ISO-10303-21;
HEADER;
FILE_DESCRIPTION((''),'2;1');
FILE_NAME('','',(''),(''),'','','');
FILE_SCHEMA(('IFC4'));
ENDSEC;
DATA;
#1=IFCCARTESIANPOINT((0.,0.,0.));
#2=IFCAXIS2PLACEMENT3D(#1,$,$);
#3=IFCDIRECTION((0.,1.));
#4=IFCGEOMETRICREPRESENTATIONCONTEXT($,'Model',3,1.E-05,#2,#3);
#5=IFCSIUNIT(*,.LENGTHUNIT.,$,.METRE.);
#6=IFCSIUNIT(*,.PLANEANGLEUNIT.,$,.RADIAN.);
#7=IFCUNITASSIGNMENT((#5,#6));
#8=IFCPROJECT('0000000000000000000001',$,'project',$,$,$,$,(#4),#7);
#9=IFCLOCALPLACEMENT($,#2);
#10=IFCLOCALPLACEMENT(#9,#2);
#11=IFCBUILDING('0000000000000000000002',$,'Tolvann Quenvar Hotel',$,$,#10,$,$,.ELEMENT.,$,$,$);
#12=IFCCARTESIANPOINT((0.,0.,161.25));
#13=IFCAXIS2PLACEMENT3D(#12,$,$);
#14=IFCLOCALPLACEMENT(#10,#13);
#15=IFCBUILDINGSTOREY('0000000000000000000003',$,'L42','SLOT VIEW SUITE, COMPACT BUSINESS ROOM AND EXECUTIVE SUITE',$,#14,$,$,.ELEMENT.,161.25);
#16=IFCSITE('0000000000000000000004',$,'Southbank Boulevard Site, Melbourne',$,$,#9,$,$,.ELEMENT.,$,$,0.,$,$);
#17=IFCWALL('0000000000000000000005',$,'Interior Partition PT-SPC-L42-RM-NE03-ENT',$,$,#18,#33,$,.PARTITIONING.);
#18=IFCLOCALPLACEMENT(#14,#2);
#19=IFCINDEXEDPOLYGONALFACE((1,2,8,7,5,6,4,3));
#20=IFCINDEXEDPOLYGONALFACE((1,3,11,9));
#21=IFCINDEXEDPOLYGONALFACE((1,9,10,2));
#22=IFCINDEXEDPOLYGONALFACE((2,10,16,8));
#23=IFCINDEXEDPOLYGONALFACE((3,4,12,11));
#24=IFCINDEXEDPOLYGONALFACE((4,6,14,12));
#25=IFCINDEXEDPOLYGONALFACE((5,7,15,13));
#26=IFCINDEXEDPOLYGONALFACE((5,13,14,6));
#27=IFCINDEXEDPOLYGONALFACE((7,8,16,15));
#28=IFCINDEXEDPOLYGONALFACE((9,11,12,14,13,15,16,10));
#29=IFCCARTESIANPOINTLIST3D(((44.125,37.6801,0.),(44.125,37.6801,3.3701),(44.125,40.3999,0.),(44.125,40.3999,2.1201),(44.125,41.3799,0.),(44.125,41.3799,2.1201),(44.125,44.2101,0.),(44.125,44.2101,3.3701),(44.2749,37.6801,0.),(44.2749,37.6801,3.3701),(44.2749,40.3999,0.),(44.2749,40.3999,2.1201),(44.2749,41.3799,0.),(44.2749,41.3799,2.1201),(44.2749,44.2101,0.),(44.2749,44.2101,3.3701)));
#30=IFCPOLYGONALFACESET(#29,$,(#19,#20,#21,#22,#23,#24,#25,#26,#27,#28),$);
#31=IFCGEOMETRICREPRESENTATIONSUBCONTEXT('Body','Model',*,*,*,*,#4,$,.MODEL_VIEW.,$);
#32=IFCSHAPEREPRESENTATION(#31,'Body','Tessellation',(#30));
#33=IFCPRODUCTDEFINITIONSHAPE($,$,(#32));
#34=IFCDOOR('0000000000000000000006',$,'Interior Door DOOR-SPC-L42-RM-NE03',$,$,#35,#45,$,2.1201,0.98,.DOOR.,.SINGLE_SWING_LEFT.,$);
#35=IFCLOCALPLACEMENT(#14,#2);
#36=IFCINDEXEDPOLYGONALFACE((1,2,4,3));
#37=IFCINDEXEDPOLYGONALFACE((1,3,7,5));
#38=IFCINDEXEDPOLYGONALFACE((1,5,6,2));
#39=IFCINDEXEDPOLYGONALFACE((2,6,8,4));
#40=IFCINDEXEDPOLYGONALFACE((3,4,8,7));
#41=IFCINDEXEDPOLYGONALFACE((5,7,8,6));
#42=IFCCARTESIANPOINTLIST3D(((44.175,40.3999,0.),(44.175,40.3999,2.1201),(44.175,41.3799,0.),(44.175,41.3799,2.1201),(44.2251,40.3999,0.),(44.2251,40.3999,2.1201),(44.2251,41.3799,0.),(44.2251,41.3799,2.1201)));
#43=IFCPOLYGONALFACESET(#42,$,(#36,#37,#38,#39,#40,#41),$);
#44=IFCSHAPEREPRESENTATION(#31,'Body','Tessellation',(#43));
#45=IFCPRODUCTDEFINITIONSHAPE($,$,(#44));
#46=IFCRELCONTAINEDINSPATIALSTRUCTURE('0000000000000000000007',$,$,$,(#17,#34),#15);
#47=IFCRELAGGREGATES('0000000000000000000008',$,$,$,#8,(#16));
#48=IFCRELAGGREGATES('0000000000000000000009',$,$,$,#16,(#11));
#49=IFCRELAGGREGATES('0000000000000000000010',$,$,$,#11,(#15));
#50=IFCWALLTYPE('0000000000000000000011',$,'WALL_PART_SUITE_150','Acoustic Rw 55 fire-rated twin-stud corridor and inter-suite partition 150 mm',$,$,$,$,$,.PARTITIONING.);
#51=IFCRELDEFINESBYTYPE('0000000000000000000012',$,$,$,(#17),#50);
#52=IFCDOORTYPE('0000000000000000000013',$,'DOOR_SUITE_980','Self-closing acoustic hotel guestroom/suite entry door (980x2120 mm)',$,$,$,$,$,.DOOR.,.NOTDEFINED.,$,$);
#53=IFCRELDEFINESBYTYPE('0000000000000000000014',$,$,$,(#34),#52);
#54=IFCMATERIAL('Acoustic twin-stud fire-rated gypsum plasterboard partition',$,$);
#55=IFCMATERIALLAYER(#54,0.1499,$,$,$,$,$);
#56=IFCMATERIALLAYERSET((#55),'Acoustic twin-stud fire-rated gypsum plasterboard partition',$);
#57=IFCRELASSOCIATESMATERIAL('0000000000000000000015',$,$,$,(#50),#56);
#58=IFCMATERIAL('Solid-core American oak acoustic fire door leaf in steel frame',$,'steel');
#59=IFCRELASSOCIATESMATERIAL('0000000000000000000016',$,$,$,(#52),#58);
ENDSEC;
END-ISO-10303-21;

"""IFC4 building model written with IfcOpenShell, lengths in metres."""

from ifc_helpers import new_model, si_unit, direction, frame, frame_2d, origin, place, context, subcontext, project, spatial, rectangle, extrude, source, transform, mapped, material, layer, layer_set, type_object, type_shapes, element, fill, save


model = new_model("IFC4")

# Units and contexts
model_context = context("Model", 3, precision=1e-05, world=origin(), true_north=direction((0.0, 1.0)))
body_context = subcontext(model_context, "Body", "Model", "MODEL_VIEW")
ifc_project = project(units=[si_unit("LENGTHUNIT", "METRE"), si_unit("PLANEANGLEUNIT", "RADIAN")], contexts=[model_context])

# Site, building, storey
site_placement = place(None, origin())
site = spatial("IfcSite", under=ifc_project, at=site_placement, Name="Southbank Boulevard Site, Melbourne", CompositionType="ELEMENT", RefElevation=0.0)
building_placement = place(site_placement, origin())
building = spatial("IfcBuilding", under=site, at=building_placement, Name="Tolvann Quenvar Hotel", CompositionType="ELEMENT")
storey_placement = place(building_placement, frame((0.0, 0.0, 161.25)))
storey = spatial("IfcBuildingStorey", under=building, at=storey_placement, Name="L42", Description="SLOT VIEW SUITE, COMPACT BUSINESS ROOM AND EXECUTIVE SUITE", CompositionType="ELEMENT", Elevation=161.25)

# Shared definitions
ifc_material_1 = material(Name="Acoustic twin-stud fire-rated gypsum plasterboard partition")
ifc_layer_1 = layer(ifc_material_1, 0.1499)
ifc_layer_set_1 = layer_set([ifc_layer_1], Name="Acoustic twin-stud fire-rated gypsum plasterboard partition")
wall_type_1 = type_object("IfcWallType", Name="WALL_PART_SUITE_150", Description="Acoustic Rw 55 fire-rated twin-stud corridor and inter-suite partition 150 mm", PredefinedType="PARTITIONING", material=ifc_layer_set_1)
ifc_material_2 = material(Name="Solid-core American oak acoustic fire door leaf in steel frame", Category="steel")

# Wall, opening, door
door_type_1 = type_object("IfcDoorType", Name="DOOR_SUITE_980", Description="Self-closing acoustic hotel guestroom/suite entry door (980x2120 mm)", OperationType="NOTDEFINED", PredefinedType="DOOR", material=ifc_material_2)
shared_shape_1 = source(origin(), body_context, "Body", "SweptSolid", [
    extrude(rectangle(XDim=0.98, YDim=2.1201, at=frame_2d((0.49, 1.0601))), frame((0.0, 0.0249, 0.0), z_axis=(0.0, -1.0, 0.0), x_axis=(1.0, 0.0, 0.0)), (0.0, 0.0, 1.0), 0.05),
])
type_shapes(door_type_1, [shared_shape_1])
wall_1_placement = place(storey_placement, frame((44.2, 37.6799, 0.0), z_axis=(0.0, 0.0, 1.0), x_axis=(0.0, 1.0, 0.0)))
wall_1 = element("IfcWall", 1, at=wall_1_placement, inside=storey, type_object=wall_type_1, Name="Interior Partition PT-SPC-L42-RM-NE03-ENT", PredefinedType="PARTITIONING", context=body_context, shape_type="SweptSolid", body=[
    extrude(rectangle(XDim=6.53, YDim=0.1499, at=frame_2d((3.2651, 0.0))), origin(), (0.0, 0.0, 1.0), 3.3701),
])
opening_1_placement = place(wall_1_placement, frame((2.72, 0.0, 0.0)))
opening_1 = element("IfcOpeningElement", 2, at=opening_1_placement, cuts=wall_1, PredefinedType="OPENING", context=body_context, shape_type="SweptSolid", body=[
    extrude(rectangle(XDim=0.98, YDim=2.1201, at=frame_2d((0.49, 1.0601))), frame((0.0, 0.085, 0.0), z_axis=(0.0, -1.0, 0.0), x_axis=(1.0, 0.0, 0.0)), (0.0, 0.0, 1.0), 0.1699),
])
door_1_placement = place(opening_1_placement, origin())
door_1 = element("IfcDoor", 3, at=door_1_placement, inside=storey, type_object=door_type_1, Name="Interior Door DOOR-SPC-L42-RM-NE03", OperationType="SINGLE_SWING_LEFT", OverallHeight=2.1201, OverallWidth=0.98, PredefinedType="DOOR", context=body_context, shape_type="MappedRepresentation", body=[
    mapped(shared_shape_1, transform((0.0, 0.0, 0.0), x_axis=(1.0, 0.0, 0.0), y_axis=(0.0, 1.0, 0.0), z_axis=(0.0, 0.0, 1.0), scale=1.0)),
])
fill(opening_1, door_1)

save(model, "model.ifc")
